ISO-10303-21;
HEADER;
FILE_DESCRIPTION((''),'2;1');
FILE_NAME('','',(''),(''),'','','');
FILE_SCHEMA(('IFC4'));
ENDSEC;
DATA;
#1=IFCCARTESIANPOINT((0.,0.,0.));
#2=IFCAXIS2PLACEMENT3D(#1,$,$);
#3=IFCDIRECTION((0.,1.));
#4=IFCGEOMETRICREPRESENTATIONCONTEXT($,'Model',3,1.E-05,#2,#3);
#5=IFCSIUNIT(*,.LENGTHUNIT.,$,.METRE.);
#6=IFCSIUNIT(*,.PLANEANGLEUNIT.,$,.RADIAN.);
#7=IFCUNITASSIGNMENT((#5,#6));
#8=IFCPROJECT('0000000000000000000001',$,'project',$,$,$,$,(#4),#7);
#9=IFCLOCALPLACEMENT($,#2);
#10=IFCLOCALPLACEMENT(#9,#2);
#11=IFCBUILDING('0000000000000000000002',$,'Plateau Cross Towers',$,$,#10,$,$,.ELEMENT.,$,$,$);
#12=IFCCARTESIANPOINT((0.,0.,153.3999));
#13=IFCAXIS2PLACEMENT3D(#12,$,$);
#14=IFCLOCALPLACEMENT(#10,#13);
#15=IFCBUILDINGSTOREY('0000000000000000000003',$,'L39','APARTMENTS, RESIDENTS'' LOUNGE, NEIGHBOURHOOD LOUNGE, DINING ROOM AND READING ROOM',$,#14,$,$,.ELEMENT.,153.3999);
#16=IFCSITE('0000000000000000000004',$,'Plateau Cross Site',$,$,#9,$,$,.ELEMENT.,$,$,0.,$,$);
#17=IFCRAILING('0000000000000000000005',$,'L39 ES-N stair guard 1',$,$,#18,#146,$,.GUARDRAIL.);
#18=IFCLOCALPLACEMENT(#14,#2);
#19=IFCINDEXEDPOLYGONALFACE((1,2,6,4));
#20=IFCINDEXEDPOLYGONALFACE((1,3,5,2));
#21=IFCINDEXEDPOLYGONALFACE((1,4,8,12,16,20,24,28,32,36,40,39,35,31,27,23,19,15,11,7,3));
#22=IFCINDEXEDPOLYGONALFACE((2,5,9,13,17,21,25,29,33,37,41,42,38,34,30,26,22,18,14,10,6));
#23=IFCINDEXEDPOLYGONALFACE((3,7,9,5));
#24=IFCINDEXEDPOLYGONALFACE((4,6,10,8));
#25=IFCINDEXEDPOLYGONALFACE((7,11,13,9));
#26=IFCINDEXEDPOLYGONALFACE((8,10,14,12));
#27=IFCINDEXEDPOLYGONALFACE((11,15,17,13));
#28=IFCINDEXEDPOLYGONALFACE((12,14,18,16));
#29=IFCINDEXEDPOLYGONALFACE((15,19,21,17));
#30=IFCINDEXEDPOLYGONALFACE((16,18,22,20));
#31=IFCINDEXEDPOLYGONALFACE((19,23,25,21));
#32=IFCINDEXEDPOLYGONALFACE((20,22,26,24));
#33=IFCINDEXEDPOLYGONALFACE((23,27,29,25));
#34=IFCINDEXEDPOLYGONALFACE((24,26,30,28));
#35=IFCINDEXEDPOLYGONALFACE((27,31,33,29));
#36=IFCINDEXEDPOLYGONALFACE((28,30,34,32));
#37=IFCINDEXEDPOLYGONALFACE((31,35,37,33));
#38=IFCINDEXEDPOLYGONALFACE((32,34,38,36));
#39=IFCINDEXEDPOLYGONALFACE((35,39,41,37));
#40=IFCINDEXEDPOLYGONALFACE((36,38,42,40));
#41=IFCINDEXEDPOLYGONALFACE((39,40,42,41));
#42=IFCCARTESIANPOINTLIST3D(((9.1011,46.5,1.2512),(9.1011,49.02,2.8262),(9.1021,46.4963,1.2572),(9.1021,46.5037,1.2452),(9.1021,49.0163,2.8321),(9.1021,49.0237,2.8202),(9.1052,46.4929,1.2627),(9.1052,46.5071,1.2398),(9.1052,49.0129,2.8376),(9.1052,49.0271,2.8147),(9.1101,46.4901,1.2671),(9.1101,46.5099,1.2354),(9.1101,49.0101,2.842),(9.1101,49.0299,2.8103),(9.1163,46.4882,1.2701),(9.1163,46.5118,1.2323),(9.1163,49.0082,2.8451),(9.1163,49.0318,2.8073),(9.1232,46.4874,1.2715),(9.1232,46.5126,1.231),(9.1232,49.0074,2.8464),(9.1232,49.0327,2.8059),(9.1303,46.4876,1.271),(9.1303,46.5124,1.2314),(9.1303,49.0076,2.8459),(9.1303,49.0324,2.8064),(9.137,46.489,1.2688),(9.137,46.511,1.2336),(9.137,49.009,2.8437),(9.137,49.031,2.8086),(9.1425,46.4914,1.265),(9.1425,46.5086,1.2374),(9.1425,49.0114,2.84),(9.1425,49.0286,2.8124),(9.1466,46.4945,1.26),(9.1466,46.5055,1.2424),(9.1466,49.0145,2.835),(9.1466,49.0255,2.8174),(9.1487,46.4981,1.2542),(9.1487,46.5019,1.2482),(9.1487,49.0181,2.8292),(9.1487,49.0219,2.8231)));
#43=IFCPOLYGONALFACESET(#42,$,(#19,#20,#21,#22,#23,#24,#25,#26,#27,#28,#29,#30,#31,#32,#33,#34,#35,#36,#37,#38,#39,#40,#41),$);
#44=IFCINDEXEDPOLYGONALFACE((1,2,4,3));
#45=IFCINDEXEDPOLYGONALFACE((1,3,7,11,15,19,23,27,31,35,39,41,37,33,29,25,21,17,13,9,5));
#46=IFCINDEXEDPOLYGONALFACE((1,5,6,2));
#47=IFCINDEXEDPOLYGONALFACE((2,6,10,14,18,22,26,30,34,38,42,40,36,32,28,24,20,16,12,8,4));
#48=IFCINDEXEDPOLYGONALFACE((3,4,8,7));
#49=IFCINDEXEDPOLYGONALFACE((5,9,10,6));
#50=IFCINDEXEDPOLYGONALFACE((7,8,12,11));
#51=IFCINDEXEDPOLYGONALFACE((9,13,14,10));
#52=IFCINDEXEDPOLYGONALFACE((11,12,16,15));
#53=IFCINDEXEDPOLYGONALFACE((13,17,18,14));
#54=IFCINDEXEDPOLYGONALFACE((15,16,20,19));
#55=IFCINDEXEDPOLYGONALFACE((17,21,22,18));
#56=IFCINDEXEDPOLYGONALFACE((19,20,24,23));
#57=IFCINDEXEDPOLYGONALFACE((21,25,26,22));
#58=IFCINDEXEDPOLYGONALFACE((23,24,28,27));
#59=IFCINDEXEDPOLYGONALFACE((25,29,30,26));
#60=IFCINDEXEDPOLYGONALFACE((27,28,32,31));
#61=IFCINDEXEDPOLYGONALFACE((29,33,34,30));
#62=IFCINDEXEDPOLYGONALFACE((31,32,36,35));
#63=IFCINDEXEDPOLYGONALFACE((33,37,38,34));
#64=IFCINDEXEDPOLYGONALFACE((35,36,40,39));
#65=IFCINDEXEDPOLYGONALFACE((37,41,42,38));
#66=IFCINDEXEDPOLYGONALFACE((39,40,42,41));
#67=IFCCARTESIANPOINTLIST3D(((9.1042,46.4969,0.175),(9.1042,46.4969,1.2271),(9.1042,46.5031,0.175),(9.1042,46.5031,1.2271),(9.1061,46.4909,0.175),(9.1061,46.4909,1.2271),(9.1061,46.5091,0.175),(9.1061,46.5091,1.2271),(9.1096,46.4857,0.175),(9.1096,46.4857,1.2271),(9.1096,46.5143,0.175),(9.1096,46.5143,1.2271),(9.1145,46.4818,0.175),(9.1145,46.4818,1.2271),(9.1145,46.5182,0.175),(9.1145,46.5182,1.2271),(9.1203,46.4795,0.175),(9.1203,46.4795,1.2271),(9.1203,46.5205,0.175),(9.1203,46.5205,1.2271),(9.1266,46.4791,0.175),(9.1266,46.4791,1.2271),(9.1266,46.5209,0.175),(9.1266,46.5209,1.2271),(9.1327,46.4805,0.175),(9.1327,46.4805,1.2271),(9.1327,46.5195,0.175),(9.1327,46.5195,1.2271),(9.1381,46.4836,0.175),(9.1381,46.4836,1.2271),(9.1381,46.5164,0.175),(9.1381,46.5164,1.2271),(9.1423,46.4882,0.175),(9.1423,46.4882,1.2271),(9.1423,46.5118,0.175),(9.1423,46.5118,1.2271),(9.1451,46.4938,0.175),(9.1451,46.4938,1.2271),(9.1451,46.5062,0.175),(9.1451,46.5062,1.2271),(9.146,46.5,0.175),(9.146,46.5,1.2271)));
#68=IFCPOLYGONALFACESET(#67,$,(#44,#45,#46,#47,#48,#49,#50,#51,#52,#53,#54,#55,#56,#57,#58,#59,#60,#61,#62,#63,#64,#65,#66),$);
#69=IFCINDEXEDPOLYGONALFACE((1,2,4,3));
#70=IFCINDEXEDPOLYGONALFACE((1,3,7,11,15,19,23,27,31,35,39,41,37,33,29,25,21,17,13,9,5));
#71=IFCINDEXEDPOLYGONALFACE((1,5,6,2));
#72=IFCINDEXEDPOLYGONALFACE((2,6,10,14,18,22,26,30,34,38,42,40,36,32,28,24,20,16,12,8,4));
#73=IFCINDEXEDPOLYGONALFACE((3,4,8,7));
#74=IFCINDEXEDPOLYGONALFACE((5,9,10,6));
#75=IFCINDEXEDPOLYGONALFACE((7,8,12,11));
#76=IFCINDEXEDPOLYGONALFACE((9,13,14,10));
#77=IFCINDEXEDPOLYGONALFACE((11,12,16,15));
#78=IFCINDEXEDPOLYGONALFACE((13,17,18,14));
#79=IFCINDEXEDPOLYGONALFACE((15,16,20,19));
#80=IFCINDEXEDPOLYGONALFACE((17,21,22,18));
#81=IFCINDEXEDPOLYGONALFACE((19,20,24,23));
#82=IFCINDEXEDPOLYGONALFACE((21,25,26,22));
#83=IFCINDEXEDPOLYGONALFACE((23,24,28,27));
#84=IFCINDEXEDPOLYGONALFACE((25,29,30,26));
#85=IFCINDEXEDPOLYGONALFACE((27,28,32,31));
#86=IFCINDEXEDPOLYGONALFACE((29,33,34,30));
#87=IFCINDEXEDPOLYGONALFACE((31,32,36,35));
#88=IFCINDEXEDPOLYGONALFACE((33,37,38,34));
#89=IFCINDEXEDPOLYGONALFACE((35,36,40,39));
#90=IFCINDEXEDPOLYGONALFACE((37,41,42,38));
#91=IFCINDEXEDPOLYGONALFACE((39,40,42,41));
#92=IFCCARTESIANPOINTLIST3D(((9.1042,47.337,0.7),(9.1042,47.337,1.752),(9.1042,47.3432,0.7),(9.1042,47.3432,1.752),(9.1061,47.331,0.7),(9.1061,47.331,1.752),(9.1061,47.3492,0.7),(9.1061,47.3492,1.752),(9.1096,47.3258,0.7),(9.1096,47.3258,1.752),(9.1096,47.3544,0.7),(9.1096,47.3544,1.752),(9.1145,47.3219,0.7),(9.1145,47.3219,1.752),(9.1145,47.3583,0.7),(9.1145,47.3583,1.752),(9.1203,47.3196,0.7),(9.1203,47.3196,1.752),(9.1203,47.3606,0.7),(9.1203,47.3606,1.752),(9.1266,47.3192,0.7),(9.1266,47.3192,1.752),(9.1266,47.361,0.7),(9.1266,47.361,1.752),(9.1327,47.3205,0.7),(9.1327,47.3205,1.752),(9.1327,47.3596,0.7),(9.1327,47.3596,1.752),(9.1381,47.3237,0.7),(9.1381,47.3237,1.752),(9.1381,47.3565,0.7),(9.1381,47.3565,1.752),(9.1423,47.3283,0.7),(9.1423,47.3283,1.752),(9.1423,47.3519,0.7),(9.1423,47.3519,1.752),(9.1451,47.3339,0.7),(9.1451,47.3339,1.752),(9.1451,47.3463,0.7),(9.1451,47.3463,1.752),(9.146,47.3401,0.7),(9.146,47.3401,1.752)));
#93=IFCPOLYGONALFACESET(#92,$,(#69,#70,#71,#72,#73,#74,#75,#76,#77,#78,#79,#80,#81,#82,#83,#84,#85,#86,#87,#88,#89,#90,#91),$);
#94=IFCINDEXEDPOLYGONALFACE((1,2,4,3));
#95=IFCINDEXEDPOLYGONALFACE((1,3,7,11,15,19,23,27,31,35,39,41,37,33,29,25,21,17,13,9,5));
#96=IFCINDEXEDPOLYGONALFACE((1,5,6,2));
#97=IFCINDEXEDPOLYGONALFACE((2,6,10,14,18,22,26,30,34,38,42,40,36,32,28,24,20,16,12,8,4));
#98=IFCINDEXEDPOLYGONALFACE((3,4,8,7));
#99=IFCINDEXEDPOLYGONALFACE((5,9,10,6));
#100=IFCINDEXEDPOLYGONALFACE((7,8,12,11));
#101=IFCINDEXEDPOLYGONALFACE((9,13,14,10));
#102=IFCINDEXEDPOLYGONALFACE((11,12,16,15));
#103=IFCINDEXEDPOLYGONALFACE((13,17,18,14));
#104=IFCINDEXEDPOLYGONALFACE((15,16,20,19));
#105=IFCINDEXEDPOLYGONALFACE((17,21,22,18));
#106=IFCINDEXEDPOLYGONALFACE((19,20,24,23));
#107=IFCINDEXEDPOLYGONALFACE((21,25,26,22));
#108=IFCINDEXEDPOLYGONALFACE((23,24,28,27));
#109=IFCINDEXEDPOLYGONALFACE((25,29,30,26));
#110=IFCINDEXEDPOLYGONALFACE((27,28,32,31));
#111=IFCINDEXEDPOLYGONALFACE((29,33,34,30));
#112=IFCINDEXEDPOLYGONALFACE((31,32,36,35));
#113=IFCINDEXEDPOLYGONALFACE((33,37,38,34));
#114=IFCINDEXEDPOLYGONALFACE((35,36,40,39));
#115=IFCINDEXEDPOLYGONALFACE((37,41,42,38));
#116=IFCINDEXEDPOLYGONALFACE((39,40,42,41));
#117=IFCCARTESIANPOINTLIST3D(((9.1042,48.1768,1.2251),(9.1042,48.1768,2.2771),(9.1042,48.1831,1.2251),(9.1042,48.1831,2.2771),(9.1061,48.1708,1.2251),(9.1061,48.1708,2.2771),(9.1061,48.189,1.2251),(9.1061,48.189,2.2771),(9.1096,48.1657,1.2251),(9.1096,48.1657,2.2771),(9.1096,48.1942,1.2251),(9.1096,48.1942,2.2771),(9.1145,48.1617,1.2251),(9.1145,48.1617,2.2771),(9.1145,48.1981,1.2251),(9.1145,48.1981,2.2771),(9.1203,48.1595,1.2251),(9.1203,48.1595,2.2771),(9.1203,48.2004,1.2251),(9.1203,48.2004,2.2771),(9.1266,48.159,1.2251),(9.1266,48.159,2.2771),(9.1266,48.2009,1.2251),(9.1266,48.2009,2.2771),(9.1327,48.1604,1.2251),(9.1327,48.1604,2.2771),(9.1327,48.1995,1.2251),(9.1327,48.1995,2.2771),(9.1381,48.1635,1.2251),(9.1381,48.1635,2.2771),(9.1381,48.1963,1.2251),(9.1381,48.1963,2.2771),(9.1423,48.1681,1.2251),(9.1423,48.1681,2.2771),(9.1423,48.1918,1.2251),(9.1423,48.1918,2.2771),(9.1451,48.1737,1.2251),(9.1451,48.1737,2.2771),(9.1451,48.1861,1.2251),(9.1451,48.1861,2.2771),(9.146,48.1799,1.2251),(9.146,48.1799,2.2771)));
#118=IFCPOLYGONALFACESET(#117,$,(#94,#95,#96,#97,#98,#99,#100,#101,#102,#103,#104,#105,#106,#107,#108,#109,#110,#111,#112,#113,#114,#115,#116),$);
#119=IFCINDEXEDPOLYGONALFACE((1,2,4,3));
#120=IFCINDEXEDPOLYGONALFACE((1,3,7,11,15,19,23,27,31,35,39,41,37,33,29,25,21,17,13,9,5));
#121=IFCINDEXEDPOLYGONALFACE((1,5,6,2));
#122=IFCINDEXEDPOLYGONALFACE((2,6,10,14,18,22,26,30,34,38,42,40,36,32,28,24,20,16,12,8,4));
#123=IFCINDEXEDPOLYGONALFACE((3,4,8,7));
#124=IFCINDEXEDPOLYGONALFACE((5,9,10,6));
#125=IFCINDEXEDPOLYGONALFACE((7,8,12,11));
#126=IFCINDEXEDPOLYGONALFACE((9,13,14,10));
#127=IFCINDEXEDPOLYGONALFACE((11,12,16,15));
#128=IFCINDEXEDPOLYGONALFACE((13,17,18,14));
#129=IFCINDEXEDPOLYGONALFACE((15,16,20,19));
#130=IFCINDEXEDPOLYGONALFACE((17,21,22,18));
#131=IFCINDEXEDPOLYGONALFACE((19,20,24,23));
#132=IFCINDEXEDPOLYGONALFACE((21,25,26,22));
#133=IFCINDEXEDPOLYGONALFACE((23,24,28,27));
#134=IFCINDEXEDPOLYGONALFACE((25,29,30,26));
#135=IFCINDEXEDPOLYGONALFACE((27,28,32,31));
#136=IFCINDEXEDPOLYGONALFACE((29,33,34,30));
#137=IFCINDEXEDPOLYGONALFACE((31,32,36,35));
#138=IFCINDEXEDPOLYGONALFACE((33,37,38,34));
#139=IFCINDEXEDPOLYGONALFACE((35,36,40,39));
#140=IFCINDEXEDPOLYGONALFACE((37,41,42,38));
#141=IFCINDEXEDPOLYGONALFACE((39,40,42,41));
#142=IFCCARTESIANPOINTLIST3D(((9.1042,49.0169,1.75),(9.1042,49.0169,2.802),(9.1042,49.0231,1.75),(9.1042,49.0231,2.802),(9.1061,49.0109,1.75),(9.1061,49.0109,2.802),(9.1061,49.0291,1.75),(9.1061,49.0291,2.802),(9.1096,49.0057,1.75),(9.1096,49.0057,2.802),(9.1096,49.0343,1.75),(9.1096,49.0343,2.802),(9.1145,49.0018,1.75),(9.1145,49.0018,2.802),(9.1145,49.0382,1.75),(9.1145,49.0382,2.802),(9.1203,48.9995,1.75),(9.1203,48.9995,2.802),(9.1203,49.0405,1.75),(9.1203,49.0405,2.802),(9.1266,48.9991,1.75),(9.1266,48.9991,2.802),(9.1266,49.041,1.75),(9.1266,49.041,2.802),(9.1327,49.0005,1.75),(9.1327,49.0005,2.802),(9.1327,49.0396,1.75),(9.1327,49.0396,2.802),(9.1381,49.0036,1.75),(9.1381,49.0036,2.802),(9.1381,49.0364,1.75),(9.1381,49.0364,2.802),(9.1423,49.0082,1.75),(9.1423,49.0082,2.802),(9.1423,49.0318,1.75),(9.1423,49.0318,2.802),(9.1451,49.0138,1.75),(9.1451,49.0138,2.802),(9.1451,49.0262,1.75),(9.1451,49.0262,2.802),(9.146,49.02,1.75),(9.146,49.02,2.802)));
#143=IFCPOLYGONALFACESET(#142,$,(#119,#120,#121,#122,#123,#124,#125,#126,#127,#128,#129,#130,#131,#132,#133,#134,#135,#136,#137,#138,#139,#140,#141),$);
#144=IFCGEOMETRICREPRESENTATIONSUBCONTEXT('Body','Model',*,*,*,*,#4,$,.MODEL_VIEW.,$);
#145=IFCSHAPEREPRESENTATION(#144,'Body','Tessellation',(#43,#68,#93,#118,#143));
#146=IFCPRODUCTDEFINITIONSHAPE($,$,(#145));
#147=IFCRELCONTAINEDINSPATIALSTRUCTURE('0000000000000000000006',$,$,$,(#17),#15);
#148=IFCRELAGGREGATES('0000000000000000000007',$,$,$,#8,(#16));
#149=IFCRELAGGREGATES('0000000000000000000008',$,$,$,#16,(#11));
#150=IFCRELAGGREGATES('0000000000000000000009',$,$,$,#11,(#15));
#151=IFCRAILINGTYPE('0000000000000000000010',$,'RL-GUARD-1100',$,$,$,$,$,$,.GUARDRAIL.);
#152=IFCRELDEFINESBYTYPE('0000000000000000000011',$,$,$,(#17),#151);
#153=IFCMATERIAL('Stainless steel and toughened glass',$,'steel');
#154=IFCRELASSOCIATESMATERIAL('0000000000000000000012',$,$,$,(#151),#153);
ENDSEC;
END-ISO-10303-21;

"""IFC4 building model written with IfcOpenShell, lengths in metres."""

from ifc_helpers import new_model, si_unit, direction, frame, origin, origin_2d, place, context, subcontext, project, spatial, circle, extrude, material, type_object, element, save


model = new_model("IFC4")

# Units and contexts
model_context = context("Model", 3, precision=1e-05, world=origin(), true_north=direction((0.0, 1.0)))
body_context = subcontext(model_context, "Body", "Model", "MODEL_VIEW")
ifc_project = project(units=[si_unit("LENGTHUNIT", "METRE"), si_unit("PLANEANGLEUNIT", "RADIAN")], contexts=[model_context])

# Site, building, storey
site_placement = place(None, origin())
site = spatial("IfcSite", under=ifc_project, at=site_placement, Name="Plateau Cross Site", CompositionType="ELEMENT", RefElevation=0.0)
building_placement = place(site_placement, origin())
building = spatial("IfcBuilding", under=site, at=building_placement, Name="Plateau Cross Towers", CompositionType="ELEMENT")
storey_placement = place(building_placement, frame((0.0, 0.0, 153.3999)))
storey = spatial("IfcBuildingStorey", under=building, at=storey_placement, Name="L39", Description="APARTMENTS, RESIDENTS' LOUNGE, NEIGHBOURHOOD LOUNGE, DINING ROOM AND READING ROOM", CompositionType="ELEMENT", Elevation=153.3999)

# Railing
ifc_material_1 = material(Name="Stainless steel and toughened glass", Category="steel")
railing_type_1 = type_object("IfcRailingType", Name="RL-GUARD-1100", PredefinedType="GUARDRAIL", material=ifc_material_1)
railing_1_placement = place(storey_placement, frame((9.125, 46.5, 0.175)))
element("IfcRailing", 1, at=railing_1_placement, inside=storey, type_object=railing_type_1, Name="L39 ES-N stair guard 1", PredefinedType="GUARDRAIL", context=body_context, shape_type="SweptSolid", body=[
    extrude(circle(Radius=0.0239, at=origin_2d()), frame((0.0, 0.0, 1.0762), z_axis=(0.0, 0.848008, 0.529984), x_axis=(-1.0, 0.0, 0.0)), (0.0, 0.0, 1.0), 2.9717),
    extrude(circle(Radius=0.021, at=origin_2d()), origin(), (0.0, 0.0, 1.0), 1.052),
    extrude(circle(Radius=0.021, at=origin_2d()), frame((0.0, 0.8401, 0.5249)), (0.0, 0.0, 1.0), 1.052),
    extrude(circle(Radius=0.021, at=origin_2d()), frame((0.0, 1.6799, 1.05)), (0.0, 0.0, 1.0), 1.052),
    extrude(circle(Radius=0.021, at=origin_2d()), frame((0.0, 2.52, 1.575)), (0.0, 0.0, 1.0), 1.052),
])

save(model, "model.ifc")
